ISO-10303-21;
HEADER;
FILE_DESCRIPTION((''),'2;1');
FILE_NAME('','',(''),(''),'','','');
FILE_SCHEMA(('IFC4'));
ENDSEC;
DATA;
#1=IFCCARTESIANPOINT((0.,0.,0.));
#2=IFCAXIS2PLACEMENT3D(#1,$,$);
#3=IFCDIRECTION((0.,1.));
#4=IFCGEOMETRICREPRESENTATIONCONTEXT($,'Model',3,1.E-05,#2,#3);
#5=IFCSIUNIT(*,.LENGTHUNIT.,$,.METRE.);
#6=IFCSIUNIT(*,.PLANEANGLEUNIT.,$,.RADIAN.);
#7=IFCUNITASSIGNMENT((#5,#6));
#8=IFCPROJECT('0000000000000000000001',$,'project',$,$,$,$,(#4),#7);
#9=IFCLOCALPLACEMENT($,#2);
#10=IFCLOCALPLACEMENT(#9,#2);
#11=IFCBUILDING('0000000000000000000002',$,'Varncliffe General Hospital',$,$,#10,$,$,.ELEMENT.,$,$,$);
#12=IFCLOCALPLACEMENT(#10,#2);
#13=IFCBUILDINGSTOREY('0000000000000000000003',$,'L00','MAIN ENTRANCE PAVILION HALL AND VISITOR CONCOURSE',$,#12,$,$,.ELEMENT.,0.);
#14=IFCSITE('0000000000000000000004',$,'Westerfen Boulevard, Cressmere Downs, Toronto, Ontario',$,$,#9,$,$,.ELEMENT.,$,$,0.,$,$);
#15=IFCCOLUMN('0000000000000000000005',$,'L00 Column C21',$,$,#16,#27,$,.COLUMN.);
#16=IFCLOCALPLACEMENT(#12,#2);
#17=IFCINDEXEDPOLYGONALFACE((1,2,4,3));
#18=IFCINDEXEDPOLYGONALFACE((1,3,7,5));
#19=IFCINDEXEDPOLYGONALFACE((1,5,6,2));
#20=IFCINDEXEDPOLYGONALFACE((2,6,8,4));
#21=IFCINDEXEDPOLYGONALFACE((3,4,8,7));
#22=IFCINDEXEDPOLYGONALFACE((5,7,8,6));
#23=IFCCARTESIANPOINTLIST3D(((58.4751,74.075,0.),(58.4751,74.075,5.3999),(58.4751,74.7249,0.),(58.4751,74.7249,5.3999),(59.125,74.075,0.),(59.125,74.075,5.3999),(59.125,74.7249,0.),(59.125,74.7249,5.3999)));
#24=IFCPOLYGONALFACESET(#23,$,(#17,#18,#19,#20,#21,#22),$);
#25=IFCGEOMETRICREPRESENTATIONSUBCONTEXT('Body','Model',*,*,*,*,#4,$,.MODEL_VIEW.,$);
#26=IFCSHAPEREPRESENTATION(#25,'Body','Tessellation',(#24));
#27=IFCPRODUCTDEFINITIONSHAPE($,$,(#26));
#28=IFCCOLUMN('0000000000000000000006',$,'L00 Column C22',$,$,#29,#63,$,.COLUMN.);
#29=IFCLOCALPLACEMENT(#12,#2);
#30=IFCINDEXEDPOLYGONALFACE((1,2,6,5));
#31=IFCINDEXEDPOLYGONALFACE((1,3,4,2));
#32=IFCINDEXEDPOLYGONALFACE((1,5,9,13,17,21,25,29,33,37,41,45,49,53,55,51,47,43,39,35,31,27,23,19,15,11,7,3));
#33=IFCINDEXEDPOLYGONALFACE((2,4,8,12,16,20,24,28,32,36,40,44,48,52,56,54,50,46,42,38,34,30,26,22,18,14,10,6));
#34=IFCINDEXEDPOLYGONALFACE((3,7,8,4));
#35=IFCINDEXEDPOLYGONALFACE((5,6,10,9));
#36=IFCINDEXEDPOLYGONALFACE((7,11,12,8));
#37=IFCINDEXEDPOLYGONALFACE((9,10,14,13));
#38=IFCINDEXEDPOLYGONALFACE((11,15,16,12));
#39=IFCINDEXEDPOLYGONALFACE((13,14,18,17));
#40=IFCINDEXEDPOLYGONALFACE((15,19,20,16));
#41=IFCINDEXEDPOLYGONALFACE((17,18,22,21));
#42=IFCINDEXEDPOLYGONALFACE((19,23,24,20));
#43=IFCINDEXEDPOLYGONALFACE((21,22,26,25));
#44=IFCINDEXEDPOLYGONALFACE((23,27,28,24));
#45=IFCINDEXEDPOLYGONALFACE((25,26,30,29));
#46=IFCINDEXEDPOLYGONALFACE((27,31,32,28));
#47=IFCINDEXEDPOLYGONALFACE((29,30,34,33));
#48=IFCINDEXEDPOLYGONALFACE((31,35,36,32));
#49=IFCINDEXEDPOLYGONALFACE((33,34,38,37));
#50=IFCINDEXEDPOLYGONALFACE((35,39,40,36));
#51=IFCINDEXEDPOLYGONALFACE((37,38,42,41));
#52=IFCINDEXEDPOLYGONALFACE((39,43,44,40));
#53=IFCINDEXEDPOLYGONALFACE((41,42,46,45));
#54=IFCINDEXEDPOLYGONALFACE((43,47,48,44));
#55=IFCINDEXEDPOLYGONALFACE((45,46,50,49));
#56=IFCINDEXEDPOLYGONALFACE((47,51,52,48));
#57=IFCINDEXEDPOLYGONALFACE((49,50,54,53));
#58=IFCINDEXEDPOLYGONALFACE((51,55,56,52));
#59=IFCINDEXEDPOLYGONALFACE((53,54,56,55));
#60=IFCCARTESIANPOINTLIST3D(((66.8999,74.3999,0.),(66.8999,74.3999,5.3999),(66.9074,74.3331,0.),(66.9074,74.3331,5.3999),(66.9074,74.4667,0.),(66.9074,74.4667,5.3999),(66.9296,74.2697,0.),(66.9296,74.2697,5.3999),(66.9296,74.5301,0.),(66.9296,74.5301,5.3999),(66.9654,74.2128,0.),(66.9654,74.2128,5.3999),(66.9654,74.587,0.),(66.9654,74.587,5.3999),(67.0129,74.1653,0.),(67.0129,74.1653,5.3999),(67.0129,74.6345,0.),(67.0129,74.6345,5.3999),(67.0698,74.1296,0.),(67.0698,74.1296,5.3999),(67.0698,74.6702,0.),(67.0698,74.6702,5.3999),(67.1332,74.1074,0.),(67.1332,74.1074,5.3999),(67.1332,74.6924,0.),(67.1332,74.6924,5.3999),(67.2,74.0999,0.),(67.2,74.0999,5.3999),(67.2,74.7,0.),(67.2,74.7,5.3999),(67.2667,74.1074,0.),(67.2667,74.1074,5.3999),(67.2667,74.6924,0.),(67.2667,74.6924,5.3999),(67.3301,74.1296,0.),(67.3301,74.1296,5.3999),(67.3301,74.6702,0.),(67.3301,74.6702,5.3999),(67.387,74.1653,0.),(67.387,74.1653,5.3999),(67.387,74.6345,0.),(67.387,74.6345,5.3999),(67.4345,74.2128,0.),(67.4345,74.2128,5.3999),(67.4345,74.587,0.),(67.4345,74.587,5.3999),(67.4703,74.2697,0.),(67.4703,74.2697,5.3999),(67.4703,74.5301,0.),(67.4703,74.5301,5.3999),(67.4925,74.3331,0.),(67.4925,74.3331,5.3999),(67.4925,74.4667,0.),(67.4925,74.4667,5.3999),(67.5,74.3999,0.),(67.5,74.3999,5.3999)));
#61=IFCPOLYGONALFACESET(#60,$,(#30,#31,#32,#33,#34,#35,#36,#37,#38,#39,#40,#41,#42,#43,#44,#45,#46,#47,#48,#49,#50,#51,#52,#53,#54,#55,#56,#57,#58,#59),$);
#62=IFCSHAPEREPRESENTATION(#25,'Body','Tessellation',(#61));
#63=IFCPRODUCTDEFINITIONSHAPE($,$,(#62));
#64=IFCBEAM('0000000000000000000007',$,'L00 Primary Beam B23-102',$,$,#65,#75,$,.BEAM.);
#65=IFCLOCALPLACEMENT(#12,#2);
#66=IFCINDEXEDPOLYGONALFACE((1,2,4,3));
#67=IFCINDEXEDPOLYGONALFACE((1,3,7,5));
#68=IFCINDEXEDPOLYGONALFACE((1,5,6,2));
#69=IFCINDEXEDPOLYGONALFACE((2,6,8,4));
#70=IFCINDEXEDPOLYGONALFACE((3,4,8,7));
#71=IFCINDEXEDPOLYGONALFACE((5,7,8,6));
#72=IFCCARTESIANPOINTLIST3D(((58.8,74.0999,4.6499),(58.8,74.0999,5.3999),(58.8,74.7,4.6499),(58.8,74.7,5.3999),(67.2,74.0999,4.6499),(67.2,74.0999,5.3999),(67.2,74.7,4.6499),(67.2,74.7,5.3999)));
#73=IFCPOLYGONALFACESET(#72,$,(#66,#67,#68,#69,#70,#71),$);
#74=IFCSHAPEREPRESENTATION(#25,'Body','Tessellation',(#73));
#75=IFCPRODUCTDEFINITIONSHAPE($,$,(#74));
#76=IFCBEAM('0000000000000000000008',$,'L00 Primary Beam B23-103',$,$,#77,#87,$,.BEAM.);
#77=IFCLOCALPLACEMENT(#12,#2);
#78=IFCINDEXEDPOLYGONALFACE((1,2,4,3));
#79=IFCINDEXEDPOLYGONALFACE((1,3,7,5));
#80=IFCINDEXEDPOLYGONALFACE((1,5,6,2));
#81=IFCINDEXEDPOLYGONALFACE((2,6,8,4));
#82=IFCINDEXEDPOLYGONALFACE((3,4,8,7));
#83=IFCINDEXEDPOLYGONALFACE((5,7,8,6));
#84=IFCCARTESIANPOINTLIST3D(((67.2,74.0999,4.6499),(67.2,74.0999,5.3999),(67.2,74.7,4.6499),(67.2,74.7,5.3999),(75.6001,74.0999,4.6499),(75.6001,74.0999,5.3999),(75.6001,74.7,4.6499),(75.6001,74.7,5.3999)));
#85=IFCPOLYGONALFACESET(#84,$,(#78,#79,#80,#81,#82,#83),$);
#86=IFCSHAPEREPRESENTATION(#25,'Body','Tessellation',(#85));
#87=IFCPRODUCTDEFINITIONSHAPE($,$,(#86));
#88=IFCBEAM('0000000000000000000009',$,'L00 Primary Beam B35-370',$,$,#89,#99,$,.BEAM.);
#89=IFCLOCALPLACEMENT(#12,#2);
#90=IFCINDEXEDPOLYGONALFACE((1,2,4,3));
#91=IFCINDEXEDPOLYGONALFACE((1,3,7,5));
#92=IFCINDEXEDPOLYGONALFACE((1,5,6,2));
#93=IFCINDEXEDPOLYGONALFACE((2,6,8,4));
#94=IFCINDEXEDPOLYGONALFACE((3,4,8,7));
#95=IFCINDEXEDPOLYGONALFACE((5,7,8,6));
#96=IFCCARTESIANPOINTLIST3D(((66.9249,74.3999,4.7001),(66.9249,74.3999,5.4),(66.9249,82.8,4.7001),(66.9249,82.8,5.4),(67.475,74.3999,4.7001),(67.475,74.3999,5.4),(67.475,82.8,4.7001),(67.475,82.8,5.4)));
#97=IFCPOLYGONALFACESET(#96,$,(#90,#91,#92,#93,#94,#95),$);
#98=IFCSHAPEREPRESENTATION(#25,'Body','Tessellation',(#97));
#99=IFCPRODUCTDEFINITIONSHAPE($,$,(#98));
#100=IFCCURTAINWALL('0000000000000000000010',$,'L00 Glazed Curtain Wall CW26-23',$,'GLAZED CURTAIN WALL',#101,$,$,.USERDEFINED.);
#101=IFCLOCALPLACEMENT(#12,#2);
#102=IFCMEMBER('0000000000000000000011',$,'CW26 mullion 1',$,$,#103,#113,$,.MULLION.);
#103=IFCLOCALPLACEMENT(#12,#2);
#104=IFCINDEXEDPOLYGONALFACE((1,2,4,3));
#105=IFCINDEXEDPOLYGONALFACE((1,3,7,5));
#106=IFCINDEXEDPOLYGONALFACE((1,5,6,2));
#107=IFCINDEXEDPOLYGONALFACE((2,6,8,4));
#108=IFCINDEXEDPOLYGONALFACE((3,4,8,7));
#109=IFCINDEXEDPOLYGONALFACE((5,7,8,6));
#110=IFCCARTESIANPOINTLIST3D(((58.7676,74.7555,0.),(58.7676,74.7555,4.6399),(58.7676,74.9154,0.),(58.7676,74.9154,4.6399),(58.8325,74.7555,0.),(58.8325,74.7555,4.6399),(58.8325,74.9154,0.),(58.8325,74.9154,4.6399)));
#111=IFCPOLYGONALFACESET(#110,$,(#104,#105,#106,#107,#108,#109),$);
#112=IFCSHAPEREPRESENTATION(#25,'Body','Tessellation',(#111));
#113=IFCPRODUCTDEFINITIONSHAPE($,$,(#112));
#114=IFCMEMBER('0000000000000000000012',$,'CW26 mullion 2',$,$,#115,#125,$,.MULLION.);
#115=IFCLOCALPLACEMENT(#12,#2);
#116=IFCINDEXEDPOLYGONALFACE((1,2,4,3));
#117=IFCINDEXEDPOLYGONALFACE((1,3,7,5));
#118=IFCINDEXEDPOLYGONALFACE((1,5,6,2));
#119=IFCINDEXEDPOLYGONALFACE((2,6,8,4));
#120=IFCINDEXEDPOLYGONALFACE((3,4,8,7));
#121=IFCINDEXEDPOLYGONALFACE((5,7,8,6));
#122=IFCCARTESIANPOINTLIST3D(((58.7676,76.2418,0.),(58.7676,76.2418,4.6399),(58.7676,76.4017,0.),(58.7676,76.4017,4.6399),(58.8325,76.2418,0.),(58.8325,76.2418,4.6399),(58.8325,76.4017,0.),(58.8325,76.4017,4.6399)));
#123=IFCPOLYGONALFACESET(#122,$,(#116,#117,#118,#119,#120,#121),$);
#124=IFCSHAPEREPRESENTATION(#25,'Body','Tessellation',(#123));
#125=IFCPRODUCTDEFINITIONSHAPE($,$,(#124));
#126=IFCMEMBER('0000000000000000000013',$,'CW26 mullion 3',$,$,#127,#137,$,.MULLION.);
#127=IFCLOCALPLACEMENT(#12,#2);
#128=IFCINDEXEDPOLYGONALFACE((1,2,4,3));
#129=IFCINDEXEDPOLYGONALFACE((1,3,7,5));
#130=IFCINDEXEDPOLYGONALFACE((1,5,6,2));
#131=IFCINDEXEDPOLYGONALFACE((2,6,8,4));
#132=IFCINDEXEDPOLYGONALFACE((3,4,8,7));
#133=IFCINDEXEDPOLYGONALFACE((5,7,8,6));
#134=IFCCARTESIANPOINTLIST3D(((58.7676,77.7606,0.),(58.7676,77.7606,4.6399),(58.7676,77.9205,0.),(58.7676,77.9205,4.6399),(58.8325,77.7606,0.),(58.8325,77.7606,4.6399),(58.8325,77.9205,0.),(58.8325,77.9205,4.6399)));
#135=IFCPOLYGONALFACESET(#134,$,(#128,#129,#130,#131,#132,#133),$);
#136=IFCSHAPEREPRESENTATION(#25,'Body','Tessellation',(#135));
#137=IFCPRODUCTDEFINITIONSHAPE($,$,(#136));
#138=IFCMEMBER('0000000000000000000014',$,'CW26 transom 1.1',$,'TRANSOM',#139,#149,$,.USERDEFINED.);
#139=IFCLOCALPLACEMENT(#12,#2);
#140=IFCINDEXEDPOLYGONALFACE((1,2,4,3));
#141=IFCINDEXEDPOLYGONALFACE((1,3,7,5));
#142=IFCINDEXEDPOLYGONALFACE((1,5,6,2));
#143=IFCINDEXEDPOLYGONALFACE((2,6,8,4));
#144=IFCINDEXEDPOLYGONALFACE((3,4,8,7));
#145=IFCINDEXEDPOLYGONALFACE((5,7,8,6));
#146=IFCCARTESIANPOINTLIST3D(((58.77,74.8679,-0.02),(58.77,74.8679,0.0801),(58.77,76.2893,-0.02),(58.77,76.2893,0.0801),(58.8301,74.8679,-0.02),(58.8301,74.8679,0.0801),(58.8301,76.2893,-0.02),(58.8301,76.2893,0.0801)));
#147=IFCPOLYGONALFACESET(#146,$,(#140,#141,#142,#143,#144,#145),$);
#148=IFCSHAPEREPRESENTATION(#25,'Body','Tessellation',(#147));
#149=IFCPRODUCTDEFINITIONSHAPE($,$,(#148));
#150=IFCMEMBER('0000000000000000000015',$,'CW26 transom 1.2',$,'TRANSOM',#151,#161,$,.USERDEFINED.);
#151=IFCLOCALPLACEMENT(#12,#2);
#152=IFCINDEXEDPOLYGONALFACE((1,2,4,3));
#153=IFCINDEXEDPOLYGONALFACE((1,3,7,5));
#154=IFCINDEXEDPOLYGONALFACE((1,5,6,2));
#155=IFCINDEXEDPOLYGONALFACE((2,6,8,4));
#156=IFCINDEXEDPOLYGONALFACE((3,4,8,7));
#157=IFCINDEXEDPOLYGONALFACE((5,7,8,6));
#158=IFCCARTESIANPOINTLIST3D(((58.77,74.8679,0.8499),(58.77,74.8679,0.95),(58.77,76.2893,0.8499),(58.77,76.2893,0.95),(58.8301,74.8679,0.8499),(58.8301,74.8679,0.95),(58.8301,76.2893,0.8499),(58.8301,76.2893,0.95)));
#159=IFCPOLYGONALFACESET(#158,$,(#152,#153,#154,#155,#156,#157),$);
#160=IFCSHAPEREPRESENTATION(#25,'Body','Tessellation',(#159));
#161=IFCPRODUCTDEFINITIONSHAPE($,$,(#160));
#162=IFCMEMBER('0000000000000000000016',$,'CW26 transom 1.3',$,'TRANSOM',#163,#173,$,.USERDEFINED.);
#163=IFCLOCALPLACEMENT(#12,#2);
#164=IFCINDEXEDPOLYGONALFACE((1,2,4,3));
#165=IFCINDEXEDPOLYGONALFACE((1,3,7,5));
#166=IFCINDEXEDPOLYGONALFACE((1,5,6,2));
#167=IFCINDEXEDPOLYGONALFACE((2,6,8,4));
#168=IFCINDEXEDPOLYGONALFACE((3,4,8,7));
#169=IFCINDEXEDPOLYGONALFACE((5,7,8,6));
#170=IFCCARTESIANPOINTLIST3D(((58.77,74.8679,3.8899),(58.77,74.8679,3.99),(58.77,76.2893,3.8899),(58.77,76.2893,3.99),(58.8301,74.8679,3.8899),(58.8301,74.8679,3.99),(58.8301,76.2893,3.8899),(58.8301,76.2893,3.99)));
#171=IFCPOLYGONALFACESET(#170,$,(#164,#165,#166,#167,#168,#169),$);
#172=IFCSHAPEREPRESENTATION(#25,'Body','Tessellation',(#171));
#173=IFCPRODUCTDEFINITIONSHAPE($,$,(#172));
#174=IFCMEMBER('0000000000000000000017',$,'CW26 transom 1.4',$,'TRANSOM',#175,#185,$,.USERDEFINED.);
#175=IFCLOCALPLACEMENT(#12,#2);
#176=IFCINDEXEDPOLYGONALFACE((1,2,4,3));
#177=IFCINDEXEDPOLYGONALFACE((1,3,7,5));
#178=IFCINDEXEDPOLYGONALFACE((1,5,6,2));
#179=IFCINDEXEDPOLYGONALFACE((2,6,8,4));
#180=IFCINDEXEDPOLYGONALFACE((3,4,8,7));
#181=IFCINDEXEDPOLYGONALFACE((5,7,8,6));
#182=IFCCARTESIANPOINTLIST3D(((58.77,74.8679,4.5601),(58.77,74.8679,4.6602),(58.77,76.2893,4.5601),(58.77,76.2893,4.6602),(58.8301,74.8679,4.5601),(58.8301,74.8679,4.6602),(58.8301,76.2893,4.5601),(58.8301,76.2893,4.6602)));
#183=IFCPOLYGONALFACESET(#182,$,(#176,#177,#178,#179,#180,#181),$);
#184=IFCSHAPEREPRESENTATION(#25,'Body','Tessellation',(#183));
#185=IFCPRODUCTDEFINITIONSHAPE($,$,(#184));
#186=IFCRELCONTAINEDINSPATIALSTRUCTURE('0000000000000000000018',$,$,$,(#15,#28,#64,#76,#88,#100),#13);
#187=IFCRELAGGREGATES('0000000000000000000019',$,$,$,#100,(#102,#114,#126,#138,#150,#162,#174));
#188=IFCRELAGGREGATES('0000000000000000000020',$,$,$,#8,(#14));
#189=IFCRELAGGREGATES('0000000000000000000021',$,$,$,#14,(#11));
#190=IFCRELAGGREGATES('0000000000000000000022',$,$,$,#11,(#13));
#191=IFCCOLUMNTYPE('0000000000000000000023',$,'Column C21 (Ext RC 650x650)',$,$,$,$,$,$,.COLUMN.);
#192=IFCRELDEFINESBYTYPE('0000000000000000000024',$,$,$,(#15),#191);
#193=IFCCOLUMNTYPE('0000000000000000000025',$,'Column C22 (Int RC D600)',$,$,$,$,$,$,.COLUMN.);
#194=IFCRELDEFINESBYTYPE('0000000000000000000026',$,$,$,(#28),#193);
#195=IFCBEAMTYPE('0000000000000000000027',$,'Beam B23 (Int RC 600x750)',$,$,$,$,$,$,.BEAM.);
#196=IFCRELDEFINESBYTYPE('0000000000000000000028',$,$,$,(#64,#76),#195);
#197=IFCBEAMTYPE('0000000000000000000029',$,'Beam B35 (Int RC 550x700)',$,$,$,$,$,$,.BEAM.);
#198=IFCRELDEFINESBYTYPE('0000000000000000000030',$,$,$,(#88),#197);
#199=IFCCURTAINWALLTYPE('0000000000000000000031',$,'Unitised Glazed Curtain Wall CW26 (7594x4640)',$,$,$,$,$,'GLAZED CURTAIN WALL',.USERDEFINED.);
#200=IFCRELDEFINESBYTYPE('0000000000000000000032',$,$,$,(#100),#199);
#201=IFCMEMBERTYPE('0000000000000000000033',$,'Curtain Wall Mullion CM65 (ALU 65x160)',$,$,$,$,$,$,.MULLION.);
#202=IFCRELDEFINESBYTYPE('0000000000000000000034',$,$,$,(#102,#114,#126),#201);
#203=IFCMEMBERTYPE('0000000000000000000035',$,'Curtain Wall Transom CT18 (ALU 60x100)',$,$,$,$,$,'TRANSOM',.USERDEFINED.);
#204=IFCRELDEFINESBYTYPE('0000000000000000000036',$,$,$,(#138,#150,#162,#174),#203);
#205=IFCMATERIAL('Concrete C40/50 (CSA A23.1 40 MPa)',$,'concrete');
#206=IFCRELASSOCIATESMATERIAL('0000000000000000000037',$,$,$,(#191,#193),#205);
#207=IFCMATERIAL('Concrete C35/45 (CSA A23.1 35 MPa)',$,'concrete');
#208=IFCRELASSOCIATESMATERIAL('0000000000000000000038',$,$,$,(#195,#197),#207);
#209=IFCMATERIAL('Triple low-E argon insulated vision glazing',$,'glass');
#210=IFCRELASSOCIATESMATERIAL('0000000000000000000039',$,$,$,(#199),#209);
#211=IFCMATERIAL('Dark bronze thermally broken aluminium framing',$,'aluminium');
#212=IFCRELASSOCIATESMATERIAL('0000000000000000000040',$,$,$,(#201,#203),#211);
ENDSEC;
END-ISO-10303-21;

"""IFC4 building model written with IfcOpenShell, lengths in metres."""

from ifc_helpers import new_model, si_unit, direction, frame, origin, origin_2d, place, context, subcontext, project, spatial, rectangle, circle, extrude, material, material_profile, profile_set, type_object, element, aggregate, save


model = new_model("IFC4")

# Units and contexts
model_context = context("Model", 3, precision=1e-05, world=origin(), true_north=direction((0.0, 1.0)))
body_context = subcontext(model_context, "Body", "Model", "MODEL_VIEW")
ifc_project = project(units=[si_unit("LENGTHUNIT", "METRE"), si_unit("PLANEANGLEUNIT", "RADIAN")], contexts=[model_context])

# Site, building, storey
site_placement = place(None, origin())
site = spatial("IfcSite", under=ifc_project, at=site_placement, Name="Westerfen Boulevard, Cressmere Downs, Toronto, Ontario", CompositionType="ELEMENT", RefElevation=0.0)
building_placement = place(site_placement, origin())
building = spatial("IfcBuilding", under=site, at=building_placement, Name="Varncliffe General Hospital", CompositionType="ELEMENT")
storey_placement = place(building_placement, origin())
storey = spatial("IfcBuildingStorey", under=building, at=storey_placement, Name="L00", Description="MAIN ENTRANCE PAVILION HALL AND VISITOR CONCOURSE", CompositionType="ELEMENT", Elevation=0.0)

# Columns
ifc_material_1 = material(Name="Concrete C40/50 (CSA A23.1 40 MPa)", Category="concrete")
ifc_material_profile_1 = material_profile(ifc_material_1, rectangle(XDim=0.6499, YDim=0.6499, at=origin_2d()), Name="RC 650x650")
ifc_profile_set_1 = profile_set([ifc_material_profile_1], Name="Concrete C40/50 (CSA A23.1 40 MPa)")
column_type_1 = type_object("IfcColumnType", Name="Column C21 (Ext RC 650x650)", PredefinedType="COLUMN", material=ifc_profile_set_1)
column_1_placement = place(storey_placement, frame((58.8, 74.3999, 0.0), z_axis=(0.0, 0.0, 1.0), x_axis=(1.0, 0.0, 0.0)))
element("IfcColumn", 1, at=column_1_placement, inside=storey, type_object=column_type_1, Name="L00 Column C21", PredefinedType="COLUMN", context=body_context, shape_type="SweptSolid", body=[
    extrude(rectangle(XDim=0.6499, YDim=0.6499, at=origin_2d()), origin(), (0.0, 0.0, 1.0), 5.3999),
])
ifc_material_profile_2 = material_profile(ifc_material_1, circle(Radius=0.3, at=origin_2d()), Name="RC D600")
ifc_profile_set_2 = profile_set([ifc_material_profile_2], Name="Concrete C40/50 (CSA A23.1 40 MPa)")
column_type_2 = type_object("IfcColumnType", Name="Column C22 (Int RC D600)", PredefinedType="COLUMN", material=ifc_profile_set_2)
column_2_placement = place(storey_placement, frame((67.2, 74.3999, 0.0), z_axis=(0.0, 0.0, 1.0), x_axis=(1.0, 0.0, 0.0)))
element("IfcColumn", 2, at=column_2_placement, inside=storey, type_object=column_type_2, Name="L00 Column C22", PredefinedType="COLUMN", context=body_context, shape_type="SweptSolid", body=[
    extrude(circle(Radius=0.3, at=origin_2d()), origin(), (0.0, 0.0, 1.0), 5.3999),
])

# Beams
ifc_material_2 = material(Name="Concrete C35/45 (CSA A23.1 35 MPa)", Category="concrete")
ifc_material_profile_3 = material_profile(ifc_material_2, rectangle(XDim=0.6001, YDim=0.75, at=origin_2d()), Name="RC 600x750")
ifc_profile_set_3 = profile_set([ifc_material_profile_3], Name="Concrete C35/45 (CSA A23.1 35 MPa)")
beam_type_1 = type_object("IfcBeamType", Name="Beam B23 (Int RC 600x750)", PredefinedType="BEAM", material=ifc_profile_set_3)
beam_1_placement = place(storey_placement, frame((58.8, 74.3999, 5.0249), z_axis=(1.0, 0.0, 0.0), x_axis=(0.0, 1.0, 0.0)))
element("IfcBeam", 3, at=beam_1_placement, inside=storey, type_object=beam_type_1, Name="L00 Primary Beam B23-102", PredefinedType="BEAM", context=body_context, shape_type="SweptSolid", body=[
    extrude(rectangle(XDim=0.6001, YDim=0.75, at=origin_2d()), origin(), (0.0, 0.0, 1.0), 8.3999),
])
beam_2_placement = place(storey_placement, frame((67.2, 74.3999, 5.0249), z_axis=(1.0, 0.0, 0.0), x_axis=(0.0, 1.0, 0.0)))
element("IfcBeam", 4, at=beam_2_placement, inside=storey, type_object=beam_type_1, Name="L00 Primary Beam B23-103", PredefinedType="BEAM", context=body_context, shape_type="SweptSolid", body=[
    extrude(rectangle(XDim=0.6001, YDim=0.75, at=origin_2d()), origin(), (0.0, 0.0, 1.0), 8.4001),
])
ifc_material_profile_4 = material_profile(ifc_material_2, rectangle(XDim=0.55, YDim=0.7, at=origin_2d()), Name="RC 550x700")
ifc_profile_set_4 = profile_set([ifc_material_profile_4], Name="Concrete C35/45 (CSA A23.1 35 MPa)")
beam_type_2 = type_object("IfcBeamType", Name="Beam B35 (Int RC 550x700)", PredefinedType="BEAM", material=ifc_profile_set_4)
beam_3_placement = place(storey_placement, frame((67.2, 74.3999, 5.05), z_axis=(0.0, 1.0, 0.0), x_axis=(-1.0, 0.0, 0.0)))
element("IfcBeam", 5, at=beam_3_placement, inside=storey, type_object=beam_type_2, Name="L00 Primary Beam B35-370", PredefinedType="BEAM", context=body_context, shape_type="SweptSolid", body=[
    extrude(rectangle(XDim=0.55, YDim=0.7, at=origin_2d()), origin(), (0.0, 0.0, 1.0), 8.4001),
])

# Curtain wall, members
ifc_material_3 = material(Name="Triple low-E argon insulated vision glazing", Category="glass")
curtain_wall_type = type_object("IfcCurtainWallType", Name="Unitised Glazed Curtain Wall CW26 (7594x4640)", ElementType="GLAZED CURTAIN WALL", PredefinedType="USERDEFINED", material=ifc_material_3)
curtain_wall_placement = place(storey_placement, origin())
curtain_wall = element("IfcCurtainWall", 6, at=curtain_wall_placement, inside=storey, type_object=curtain_wall_type, Name="L00 Glazed Curtain Wall CW26-23", ObjectType="GLAZED CURTAIN WALL", PredefinedType="USERDEFINED")
ifc_material_4 = material(Name="Dark bronze thermally broken aluminium framing", Category="aluminium")
ifc_material_profile_5 = material_profile(ifc_material_4, rectangle(XDim=0.0649, YDim=0.1599, at=origin_2d()), Name="ALU 65x160")
ifc_profile_set_5 = profile_set([ifc_material_profile_5], Name="Dark bronze thermally broken aluminium framing")
member_type_1 = type_object("IfcMemberType", Name="Curtain Wall Mullion CM65 (ALU 65x160)", PredefinedType="MULLION", material=ifc_profile_set_5)
member_1_placement = place(storey_placement, frame((58.8, 74.8354, 0.0), z_axis=(0.0, 0.0, 1.0), x_axis=(-1.0, 0.0, 0.0)))
member_1 = element("IfcMember", 7, at=member_1_placement, type_object=member_type_1, Name="CW26 mullion 1", PredefinedType="MULLION", context=body_context, shape_type="SweptSolid", body=[
    extrude(rectangle(XDim=0.0649, YDim=0.1599, at=origin_2d()), origin(), (0.0, 0.0, 1.0), 4.6399),
])
member_2_placement = place(storey_placement, frame((58.8, 76.3218, 0.0), z_axis=(0.0, 0.0, 1.0), x_axis=(-1.0, 0.0, 0.0)))
member_2 = element("IfcMember", 8, at=member_2_placement, type_object=member_type_1, Name="CW26 mullion 2", PredefinedType="MULLION", context=body_context, shape_type="SweptSolid", body=[
    extrude(rectangle(XDim=0.0649, YDim=0.1599, at=origin_2d()), origin(), (0.0, 0.0, 1.0), 4.6399),
])
member_3_placement = place(storey_placement, frame((58.8, 77.8406, 0.0), z_axis=(0.0, 0.0, 1.0), x_axis=(-1.0, 0.0, 0.0)))
member_3 = element("IfcMember", 9, at=member_3_placement, type_object=member_type_1, Name="CW26 mullion 3", PredefinedType="MULLION", context=body_context, shape_type="SweptSolid", body=[
    extrude(rectangle(XDim=0.0649, YDim=0.1599, at=origin_2d()), origin(), (0.0, 0.0, 1.0), 4.6399),
])
ifc_material_profile_6 = material_profile(ifc_material_4, rectangle(XDim=0.0601, YDim=0.1001, at=origin_2d()), Name="ALU 60x100")
ifc_profile_set_6 = profile_set([ifc_material_profile_6], Name="Dark bronze thermally broken aluminium framing")
member_type_2 = type_object("IfcMemberType", Name="Curtain Wall Transom CT18 (ALU 60x100)", ElementType="TRANSOM", PredefinedType="USERDEFINED", material=ifc_profile_set_6)
member_4_placement = place(storey_placement, frame((58.8, 74.8679, 0.03), z_axis=(0.0, 1.0, 0.0), x_axis=(-1.0, 0.0, 0.0)))
member_4 = element("IfcMember", 10, at=member_4_placement, type_object=member_type_2, Name="CW26 transom 1.1", ObjectType="TRANSOM", PredefinedType="USERDEFINED", context=body_context, shape_type="SweptSolid", body=[
    extrude(rectangle(XDim=0.0601, YDim=0.1001, at=origin_2d()), origin(), (0.0, 0.0, 1.0), 1.4214),
])
member_5_placement = place(storey_placement, frame((58.8, 74.8679, 0.8999), z_axis=(0.0, 1.0, 0.0), x_axis=(-1.0, 0.0, 0.0)))
member_5 = element("IfcMember", 11, at=member_5_placement, type_object=member_type_2, Name="CW26 transom 1.2", ObjectType="TRANSOM", PredefinedType="USERDEFINED", context=body_context, shape_type="SweptSolid", body=[
    extrude(rectangle(XDim=0.0601, YDim=0.1001, at=origin_2d()), origin(), (0.0, 0.0, 1.0), 1.4214),
])
member_6_placement = place(storey_placement, frame((58.8, 74.8679, 3.9399), z_axis=(0.0, 1.0, 0.0), x_axis=(-1.0, 0.0, 0.0)))
member_6 = element("IfcMember", 12, at=member_6_placement, type_object=member_type_2, Name="CW26 transom 1.3", ObjectType="TRANSOM", PredefinedType="USERDEFINED", context=body_context, shape_type="SweptSolid", body=[
    extrude(rectangle(XDim=0.0601, YDim=0.1001, at=origin_2d()), origin(), (0.0, 0.0, 1.0), 1.4214),
])
member_7_placement = place(storey_placement, frame((58.8, 74.8679, 4.6101), z_axis=(0.0, 1.0, 0.0), x_axis=(-1.0, 0.0, 0.0)))
member_7 = element("IfcMember", 13, at=member_7_placement, type_object=member_type_2, Name="CW26 transom 1.4", ObjectType="TRANSOM", PredefinedType="USERDEFINED", context=body_context, shape_type="SweptSolid", body=[
    extrude(rectangle(XDim=0.0601, YDim=0.1001, at=origin_2d()), origin(), (0.0, 0.0, 1.0), 1.4214),
])

aggregate(curtain_wall, [member_1, member_2, member_3, member_4, member_5, member_6, member_7])

save(model, "model.ifc")
